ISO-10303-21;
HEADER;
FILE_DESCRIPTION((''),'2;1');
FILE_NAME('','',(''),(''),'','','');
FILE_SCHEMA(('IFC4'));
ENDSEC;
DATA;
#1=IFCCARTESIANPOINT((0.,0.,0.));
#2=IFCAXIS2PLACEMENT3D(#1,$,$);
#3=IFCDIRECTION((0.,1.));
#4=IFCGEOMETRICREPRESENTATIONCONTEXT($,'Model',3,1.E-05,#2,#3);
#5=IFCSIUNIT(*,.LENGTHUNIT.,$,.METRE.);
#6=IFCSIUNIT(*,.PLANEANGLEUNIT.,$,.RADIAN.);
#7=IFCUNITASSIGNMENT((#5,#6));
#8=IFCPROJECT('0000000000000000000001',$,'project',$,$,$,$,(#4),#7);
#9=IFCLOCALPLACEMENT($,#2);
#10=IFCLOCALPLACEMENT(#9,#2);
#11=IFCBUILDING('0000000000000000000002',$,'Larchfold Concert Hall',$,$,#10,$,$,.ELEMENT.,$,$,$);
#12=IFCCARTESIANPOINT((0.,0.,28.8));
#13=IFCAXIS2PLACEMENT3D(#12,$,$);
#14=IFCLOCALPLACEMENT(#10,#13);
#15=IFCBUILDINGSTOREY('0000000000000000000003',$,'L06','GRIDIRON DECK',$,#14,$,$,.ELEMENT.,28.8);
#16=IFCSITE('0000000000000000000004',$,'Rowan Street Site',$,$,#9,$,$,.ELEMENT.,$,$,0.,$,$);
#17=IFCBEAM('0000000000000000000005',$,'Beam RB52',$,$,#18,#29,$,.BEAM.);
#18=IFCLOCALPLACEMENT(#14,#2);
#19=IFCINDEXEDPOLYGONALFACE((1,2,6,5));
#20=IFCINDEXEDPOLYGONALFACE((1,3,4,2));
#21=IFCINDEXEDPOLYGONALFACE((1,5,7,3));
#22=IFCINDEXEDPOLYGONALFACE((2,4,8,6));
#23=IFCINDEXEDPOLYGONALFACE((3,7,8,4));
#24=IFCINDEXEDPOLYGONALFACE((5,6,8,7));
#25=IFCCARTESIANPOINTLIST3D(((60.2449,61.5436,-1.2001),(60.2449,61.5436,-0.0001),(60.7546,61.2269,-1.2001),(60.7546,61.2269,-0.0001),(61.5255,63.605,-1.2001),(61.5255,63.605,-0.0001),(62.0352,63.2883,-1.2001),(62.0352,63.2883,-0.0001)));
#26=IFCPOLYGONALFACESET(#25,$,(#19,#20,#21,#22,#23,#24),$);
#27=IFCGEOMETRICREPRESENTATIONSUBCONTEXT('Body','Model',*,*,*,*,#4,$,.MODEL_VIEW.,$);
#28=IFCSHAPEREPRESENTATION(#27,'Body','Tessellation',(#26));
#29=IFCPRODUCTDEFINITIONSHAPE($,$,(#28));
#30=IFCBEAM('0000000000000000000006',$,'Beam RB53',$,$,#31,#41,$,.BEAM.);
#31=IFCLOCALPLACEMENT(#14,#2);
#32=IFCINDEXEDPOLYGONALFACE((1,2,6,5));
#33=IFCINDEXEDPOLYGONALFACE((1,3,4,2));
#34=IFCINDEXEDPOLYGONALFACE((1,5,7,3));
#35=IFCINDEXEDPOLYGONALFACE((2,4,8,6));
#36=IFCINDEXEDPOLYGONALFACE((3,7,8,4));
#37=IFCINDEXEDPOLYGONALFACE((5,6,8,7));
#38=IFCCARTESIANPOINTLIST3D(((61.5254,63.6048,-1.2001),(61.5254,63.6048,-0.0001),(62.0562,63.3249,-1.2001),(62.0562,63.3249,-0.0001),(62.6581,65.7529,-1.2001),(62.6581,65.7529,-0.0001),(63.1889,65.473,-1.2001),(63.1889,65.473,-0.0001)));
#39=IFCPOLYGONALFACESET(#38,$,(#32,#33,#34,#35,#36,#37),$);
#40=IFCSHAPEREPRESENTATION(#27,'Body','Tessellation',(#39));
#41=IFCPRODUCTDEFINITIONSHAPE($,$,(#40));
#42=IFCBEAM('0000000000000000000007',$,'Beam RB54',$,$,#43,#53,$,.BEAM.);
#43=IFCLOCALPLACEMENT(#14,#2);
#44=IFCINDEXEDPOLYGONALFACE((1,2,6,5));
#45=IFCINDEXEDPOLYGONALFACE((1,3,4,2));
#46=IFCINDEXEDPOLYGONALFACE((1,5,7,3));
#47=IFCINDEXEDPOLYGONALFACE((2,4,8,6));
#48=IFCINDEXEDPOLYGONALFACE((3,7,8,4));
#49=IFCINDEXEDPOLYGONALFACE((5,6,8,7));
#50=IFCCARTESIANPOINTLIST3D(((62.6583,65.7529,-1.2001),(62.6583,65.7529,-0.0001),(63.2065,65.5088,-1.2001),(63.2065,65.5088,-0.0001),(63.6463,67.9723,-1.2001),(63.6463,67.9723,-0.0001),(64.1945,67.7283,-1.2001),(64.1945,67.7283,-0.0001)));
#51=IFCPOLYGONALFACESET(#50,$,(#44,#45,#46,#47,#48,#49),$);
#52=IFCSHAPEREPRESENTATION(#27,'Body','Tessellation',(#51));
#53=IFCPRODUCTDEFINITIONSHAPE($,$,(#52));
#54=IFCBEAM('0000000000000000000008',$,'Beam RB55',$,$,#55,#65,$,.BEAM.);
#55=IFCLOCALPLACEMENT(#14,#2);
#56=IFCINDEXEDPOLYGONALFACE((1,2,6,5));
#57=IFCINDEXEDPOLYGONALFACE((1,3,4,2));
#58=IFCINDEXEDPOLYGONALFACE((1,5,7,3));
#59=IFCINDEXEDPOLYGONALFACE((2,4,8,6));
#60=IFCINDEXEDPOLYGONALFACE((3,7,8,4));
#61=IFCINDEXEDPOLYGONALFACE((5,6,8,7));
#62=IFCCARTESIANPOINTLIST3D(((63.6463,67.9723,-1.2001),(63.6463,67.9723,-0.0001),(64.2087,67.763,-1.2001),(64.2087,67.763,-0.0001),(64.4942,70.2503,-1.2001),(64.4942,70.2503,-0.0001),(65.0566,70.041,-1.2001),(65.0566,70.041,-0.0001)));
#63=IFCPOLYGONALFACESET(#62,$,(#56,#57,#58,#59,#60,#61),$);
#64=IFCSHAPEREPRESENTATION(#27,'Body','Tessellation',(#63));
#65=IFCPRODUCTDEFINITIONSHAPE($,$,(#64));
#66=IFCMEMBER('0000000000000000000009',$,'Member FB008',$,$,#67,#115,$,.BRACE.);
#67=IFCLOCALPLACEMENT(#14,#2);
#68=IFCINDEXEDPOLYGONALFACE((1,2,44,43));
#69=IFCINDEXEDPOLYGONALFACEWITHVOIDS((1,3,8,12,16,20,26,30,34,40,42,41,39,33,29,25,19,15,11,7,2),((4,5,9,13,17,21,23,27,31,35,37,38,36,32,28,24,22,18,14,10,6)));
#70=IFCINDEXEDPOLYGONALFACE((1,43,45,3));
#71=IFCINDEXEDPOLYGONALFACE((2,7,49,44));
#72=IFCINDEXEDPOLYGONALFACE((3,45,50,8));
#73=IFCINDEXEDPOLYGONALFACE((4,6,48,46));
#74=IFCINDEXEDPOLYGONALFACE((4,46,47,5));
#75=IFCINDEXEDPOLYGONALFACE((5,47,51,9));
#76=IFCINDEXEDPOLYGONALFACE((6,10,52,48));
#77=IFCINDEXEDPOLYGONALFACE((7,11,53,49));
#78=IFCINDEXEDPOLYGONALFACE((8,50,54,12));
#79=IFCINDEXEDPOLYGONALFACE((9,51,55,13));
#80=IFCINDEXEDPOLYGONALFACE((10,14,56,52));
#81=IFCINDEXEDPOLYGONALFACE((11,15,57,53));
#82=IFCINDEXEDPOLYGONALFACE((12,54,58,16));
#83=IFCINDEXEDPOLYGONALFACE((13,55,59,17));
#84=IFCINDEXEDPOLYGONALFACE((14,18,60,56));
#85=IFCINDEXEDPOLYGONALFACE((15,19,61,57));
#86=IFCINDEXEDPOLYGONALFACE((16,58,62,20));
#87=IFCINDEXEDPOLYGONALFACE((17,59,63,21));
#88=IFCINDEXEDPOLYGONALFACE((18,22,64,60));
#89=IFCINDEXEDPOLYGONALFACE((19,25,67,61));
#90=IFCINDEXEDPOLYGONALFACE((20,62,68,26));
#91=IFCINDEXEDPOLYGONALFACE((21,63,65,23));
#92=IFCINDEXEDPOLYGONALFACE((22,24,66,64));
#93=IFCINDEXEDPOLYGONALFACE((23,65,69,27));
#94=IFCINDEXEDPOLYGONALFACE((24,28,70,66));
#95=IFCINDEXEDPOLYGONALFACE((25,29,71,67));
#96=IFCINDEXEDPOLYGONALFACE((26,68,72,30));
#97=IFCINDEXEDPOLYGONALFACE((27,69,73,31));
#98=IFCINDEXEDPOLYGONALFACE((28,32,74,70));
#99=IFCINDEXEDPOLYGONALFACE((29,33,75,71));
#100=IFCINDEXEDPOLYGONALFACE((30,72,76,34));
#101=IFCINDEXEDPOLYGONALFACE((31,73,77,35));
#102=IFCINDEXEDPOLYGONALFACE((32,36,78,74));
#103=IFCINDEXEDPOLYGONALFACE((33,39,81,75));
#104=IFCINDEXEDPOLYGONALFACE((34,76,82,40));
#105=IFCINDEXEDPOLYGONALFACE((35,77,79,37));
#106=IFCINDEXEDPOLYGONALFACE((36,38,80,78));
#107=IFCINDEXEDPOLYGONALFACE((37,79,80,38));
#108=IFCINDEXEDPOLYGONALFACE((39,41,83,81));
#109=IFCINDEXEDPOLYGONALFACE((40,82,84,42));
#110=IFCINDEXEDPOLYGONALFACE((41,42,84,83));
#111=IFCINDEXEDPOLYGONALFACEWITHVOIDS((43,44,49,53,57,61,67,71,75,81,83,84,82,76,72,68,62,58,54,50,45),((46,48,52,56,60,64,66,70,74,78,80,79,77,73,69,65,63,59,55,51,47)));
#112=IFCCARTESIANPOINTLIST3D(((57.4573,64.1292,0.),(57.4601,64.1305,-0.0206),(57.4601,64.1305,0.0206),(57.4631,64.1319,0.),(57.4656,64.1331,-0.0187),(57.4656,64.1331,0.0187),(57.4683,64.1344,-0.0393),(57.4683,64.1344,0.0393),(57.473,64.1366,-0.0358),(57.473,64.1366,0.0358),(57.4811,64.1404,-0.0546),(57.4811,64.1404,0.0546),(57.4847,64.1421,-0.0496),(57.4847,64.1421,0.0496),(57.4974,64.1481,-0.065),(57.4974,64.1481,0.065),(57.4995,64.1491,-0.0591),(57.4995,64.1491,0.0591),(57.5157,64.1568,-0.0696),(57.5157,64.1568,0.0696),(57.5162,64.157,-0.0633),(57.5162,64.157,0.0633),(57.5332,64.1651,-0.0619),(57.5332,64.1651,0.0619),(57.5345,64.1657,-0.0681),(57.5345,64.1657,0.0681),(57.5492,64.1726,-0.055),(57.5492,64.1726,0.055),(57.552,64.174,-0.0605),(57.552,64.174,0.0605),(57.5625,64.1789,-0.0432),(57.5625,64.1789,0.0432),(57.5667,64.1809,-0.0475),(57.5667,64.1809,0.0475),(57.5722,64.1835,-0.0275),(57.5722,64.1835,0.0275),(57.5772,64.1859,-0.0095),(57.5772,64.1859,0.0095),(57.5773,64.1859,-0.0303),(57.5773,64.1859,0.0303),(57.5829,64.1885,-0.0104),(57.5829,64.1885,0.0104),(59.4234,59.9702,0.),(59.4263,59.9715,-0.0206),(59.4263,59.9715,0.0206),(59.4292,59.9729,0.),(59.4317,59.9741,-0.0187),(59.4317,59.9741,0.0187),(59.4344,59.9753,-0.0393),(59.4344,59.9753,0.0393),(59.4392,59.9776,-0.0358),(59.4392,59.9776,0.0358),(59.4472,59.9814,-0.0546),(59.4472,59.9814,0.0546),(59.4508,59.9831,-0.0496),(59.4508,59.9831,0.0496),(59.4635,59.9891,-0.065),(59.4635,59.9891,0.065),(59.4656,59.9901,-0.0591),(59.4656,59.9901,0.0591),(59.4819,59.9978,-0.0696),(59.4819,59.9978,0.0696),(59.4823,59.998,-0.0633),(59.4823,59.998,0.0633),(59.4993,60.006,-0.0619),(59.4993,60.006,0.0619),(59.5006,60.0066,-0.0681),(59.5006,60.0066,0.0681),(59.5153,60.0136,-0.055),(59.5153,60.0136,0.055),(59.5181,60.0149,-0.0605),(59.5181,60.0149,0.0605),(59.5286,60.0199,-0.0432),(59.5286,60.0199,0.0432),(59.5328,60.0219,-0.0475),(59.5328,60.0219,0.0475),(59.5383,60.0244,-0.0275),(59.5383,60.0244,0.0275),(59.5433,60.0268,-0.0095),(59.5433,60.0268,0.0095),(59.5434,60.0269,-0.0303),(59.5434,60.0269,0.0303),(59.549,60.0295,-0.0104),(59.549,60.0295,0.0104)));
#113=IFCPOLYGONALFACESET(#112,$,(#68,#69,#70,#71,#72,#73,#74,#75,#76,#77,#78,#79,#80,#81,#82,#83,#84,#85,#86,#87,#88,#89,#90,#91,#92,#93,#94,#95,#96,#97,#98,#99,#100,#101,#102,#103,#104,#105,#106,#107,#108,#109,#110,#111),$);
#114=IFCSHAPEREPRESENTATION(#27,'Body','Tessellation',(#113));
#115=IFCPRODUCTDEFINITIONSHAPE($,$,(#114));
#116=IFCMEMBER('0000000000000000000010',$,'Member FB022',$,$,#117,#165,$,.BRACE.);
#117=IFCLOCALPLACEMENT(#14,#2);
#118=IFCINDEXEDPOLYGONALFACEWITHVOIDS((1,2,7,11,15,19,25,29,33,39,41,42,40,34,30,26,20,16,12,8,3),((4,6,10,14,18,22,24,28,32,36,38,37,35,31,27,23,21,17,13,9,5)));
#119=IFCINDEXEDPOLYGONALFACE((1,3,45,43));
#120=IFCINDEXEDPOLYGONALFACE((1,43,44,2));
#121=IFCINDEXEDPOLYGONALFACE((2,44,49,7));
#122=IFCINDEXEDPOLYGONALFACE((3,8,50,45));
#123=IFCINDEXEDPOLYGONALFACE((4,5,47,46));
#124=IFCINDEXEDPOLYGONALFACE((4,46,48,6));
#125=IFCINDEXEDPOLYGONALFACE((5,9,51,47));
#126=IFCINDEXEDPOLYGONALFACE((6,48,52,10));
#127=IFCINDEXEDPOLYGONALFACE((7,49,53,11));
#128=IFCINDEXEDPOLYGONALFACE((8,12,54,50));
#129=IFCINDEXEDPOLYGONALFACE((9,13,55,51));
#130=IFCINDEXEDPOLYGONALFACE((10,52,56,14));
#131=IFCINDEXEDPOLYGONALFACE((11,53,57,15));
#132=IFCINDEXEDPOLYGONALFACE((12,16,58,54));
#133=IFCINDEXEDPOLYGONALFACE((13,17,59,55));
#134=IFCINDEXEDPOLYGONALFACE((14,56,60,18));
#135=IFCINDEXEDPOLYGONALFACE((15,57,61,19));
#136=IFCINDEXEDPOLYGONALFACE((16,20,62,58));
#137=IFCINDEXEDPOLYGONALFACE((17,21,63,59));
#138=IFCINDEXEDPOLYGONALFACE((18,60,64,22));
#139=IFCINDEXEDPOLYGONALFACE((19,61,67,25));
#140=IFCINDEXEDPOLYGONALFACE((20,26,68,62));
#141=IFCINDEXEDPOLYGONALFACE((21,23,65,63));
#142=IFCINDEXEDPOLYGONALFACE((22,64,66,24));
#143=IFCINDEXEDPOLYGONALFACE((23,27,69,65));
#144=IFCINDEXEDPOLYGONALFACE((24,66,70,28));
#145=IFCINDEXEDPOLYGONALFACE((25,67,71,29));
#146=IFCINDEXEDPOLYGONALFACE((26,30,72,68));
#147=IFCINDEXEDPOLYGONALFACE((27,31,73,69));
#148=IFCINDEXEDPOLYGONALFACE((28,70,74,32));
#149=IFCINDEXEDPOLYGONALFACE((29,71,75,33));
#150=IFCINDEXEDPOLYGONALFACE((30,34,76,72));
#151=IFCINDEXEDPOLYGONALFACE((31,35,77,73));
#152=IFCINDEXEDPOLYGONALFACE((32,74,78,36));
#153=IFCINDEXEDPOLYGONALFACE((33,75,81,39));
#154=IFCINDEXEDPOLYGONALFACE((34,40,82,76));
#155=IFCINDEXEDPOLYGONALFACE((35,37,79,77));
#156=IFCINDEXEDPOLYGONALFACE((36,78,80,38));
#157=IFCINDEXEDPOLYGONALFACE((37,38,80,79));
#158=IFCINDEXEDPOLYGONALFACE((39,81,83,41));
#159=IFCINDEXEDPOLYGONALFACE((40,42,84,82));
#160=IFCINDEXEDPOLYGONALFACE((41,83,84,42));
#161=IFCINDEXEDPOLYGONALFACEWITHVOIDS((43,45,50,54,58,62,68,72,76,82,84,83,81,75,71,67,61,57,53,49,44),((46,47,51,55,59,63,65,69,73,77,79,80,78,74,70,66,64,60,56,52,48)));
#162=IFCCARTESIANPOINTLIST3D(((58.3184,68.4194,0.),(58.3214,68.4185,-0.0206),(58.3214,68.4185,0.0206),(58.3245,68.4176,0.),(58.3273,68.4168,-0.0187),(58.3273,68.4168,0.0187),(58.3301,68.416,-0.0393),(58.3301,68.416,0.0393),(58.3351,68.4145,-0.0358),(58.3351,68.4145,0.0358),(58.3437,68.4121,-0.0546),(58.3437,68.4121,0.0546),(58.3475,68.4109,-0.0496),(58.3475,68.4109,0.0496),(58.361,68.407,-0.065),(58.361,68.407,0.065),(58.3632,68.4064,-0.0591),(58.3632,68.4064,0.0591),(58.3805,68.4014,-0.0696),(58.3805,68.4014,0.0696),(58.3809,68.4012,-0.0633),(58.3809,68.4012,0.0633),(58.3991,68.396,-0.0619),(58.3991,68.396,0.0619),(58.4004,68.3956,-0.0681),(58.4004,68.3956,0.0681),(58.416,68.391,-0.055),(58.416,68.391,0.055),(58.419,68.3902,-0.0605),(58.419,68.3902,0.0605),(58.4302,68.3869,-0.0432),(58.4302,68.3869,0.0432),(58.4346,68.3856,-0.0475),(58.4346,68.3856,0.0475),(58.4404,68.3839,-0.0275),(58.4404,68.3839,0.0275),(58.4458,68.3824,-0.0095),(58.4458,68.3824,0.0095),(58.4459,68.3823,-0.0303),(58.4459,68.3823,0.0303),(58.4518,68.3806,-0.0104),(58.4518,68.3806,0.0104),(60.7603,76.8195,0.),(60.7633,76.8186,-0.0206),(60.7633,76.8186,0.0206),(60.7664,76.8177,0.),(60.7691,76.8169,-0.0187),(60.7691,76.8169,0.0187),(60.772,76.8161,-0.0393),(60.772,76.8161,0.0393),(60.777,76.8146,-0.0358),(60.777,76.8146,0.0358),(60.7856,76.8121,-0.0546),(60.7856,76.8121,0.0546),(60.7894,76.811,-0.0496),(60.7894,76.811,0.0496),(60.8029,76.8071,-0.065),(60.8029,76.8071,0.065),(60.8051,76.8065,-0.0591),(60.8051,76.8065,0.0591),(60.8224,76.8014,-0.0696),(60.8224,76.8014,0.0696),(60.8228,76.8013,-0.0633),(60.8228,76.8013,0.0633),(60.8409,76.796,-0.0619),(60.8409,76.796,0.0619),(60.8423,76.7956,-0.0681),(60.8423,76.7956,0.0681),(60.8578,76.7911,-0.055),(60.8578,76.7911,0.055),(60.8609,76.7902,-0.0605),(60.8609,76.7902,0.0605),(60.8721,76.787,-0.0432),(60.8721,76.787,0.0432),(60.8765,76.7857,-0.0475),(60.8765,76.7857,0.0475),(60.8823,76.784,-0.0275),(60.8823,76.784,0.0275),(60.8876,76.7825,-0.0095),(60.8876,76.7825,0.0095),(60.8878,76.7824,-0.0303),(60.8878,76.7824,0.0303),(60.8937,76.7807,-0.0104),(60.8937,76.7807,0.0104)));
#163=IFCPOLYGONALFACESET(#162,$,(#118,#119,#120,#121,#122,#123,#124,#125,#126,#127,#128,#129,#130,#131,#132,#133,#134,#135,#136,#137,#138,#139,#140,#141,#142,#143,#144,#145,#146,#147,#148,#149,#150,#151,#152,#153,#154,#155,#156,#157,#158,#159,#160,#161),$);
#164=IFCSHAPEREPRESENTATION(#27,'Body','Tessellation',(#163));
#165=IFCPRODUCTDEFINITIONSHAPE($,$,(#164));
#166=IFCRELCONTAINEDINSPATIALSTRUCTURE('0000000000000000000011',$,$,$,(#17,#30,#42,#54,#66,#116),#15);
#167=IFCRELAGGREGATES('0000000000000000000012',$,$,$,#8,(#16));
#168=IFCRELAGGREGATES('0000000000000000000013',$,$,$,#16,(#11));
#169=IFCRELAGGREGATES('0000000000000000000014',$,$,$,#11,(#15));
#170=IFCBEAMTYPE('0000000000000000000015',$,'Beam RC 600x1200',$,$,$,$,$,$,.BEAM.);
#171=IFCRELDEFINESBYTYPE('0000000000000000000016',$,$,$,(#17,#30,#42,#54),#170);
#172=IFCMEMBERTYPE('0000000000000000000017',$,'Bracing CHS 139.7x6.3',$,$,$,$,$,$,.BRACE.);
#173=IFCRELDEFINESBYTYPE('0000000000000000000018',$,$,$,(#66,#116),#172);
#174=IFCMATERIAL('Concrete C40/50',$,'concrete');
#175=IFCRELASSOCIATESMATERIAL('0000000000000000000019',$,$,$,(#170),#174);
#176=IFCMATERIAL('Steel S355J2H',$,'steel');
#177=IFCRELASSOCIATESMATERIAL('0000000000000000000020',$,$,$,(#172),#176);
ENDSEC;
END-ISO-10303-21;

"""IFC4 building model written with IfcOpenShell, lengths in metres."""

from ifc_helpers import new_model, si_unit, direction, frame, origin, origin_2d, place, context, subcontext, project, spatial, rectangle, hollow_circle, extrude, material, material_profile, profile_set, type_object, element, save


model = new_model("IFC4")

# Units and contexts
model_context = context("Model", 3, precision=1e-05, world=origin(), true_north=direction((0.0, 1.0)))
body_context = subcontext(model_context, "Body", "Model", "MODEL_VIEW")
ifc_project = project(units=[si_unit("LENGTHUNIT", "METRE"), si_unit("PLANEANGLEUNIT", "RADIAN")], contexts=[model_context])

# Site, building, storey
site_placement = place(None, origin())
site = spatial("IfcSite", under=ifc_project, at=site_placement, Name="Rowan Street Site", CompositionType="ELEMENT", RefElevation=0.0)
building_placement = place(site_placement, origin())
building = spatial("IfcBuilding", under=site, at=building_placement, Name="Larchfold Concert Hall", CompositionType="ELEMENT")
storey_placement = place(building_placement, frame((0.0, 0.0, 28.8)))
storey = spatial("IfcBuildingStorey", under=building, at=storey_placement, Name="L06", Description="GRIDIRON DECK", CompositionType="ELEMENT", Elevation=28.8)

# Beams
ifc_material_1 = material(Name="Concrete C40/50", Category="concrete")
ifc_material_profile_1 = material_profile(ifc_material_1, rectangle(XDim=0.6001, YDim=1.2, at=origin_2d()))
ifc_profile_set_1 = profile_set([ifc_material_profile_1], Name="Concrete C40/50")
beam_type_1 = type_object("IfcBeamType", Name="Beam RC 600x1200", PredefinedType="BEAM", material=ifc_profile_set_1)
beam_1_placement = place(storey_placement, frame((60.4998, 61.3853, -0.6001), z_axis=(0.527691, 0.849436, 0.0), x_axis=(-0.849436, 0.527691, 0.0)))
element("IfcBeam", 1, at=beam_1_placement, inside=storey, type_object=beam_type_1, Name="Beam RB52", PredefinedType="BEAM", context=body_context, shape_type="SweptSolid", body=[
    extrude(rectangle(XDim=0.6001, YDim=1.2, at=origin_2d()), origin(), (0.0, 0.0, 1.0), 2.4268),
])
beam_2_placement = place(storey_placement, frame((61.7908, 63.4648, -0.6001), z_axis=(0.466451, 0.884547, 0.0), x_axis=(-0.884547, 0.466451, 0.0)))
element("IfcBeam", 2, at=beam_2_placement, inside=storey, type_object=beam_type_1, Name="Beam RB53", PredefinedType="BEAM", context=body_context, shape_type="SweptSolid", body=[
    extrude(rectangle(XDim=0.6001, YDim=1.2, at=origin_2d()), origin(), (0.0, 0.0, 1.0), 2.4285),
])
beam_3_placement = place(storey_placement, frame((62.9324, 65.6309, -0.6001), z_axis=(0.406689, 0.913567, 0.0), x_axis=(-0.913567, 0.406689, 0.0)))
element("IfcBeam", 3, at=beam_3_placement, inside=storey, type_object=beam_type_1, Name="Beam RB54", PredefinedType="BEAM", context=body_context, shape_type="SweptSolid", body=[
    extrude(rectangle(XDim=0.6001, YDim=1.2, at=origin_2d()), origin(), (0.0, 0.0, 1.0), 2.4294),
])
beam_4_placement = place(storey_placement, frame((63.9275, 67.8677, -0.6001), z_axis=(0.348822, 0.937189, 0.0), x_axis=(-0.937189, 0.348822, 0.0)))
element("IfcBeam", 4, at=beam_4_placement, inside=storey, type_object=beam_type_1, Name="Beam RB55", PredefinedType="BEAM", context=body_context, shape_type="SweptSolid", body=[
    extrude(rectangle(XDim=0.6001, YDim=1.2, at=origin_2d()), origin(), (0.0, 0.0, 1.0), 2.4307),
])

# Members
ifc_material_2 = material(Name="Steel S355J2H", Category="steel")
ifc_material_profile_2 = material_profile(ifc_material_2, hollow_circle(Radius=0.0698, WallThickness=0.0063, at=origin_2d()))
ifc_profile_set_2 = profile_set([ifc_material_profile_2], Name="Steel S355J2H")
member_type_1 = type_object("IfcMemberType", Name="Bracing CHS 139.7x6.3", PredefinedType="BRACE", material=ifc_profile_set_2)
member_1_placement = place(storey_placement, frame((59.4866, 60.0, 0.0), z_axis=(-0.427384, 0.90407, 0.0), x_axis=(-0.90407, -0.427384, 0.0)))
element("IfcMember", 5, at=member_1_placement, inside=storey, type_object=member_type_1, Name="Member FB008", PredefinedType="BRACE", context=body_context, shape_type="SweptSolid", body=[
    extrude(hollow_circle(Radius=0.0698, WallThickness=0.0063, at=origin_2d()), origin(), (0.0, 0.0, 1.0), 4.6003),
])
member_2_placement = place(storey_placement, frame((58.3855, 68.3999, 0.0), z_axis=(0.279141, 0.96025, 0.0), x_axis=(-0.96025, 0.279141, 0.0)))
element("IfcMember", 6, at=member_2_placement, inside=storey, type_object=member_type_1, Name="Member FB022", PredefinedType="BRACE", context=body_context, shape_type="SweptSolid", body=[
    extrude(hollow_circle(Radius=0.0698, WallThickness=0.0063, at=origin_2d()), origin(), (0.0, 0.0, 1.0), 8.7478),
])

save(model, "model.ifc")
